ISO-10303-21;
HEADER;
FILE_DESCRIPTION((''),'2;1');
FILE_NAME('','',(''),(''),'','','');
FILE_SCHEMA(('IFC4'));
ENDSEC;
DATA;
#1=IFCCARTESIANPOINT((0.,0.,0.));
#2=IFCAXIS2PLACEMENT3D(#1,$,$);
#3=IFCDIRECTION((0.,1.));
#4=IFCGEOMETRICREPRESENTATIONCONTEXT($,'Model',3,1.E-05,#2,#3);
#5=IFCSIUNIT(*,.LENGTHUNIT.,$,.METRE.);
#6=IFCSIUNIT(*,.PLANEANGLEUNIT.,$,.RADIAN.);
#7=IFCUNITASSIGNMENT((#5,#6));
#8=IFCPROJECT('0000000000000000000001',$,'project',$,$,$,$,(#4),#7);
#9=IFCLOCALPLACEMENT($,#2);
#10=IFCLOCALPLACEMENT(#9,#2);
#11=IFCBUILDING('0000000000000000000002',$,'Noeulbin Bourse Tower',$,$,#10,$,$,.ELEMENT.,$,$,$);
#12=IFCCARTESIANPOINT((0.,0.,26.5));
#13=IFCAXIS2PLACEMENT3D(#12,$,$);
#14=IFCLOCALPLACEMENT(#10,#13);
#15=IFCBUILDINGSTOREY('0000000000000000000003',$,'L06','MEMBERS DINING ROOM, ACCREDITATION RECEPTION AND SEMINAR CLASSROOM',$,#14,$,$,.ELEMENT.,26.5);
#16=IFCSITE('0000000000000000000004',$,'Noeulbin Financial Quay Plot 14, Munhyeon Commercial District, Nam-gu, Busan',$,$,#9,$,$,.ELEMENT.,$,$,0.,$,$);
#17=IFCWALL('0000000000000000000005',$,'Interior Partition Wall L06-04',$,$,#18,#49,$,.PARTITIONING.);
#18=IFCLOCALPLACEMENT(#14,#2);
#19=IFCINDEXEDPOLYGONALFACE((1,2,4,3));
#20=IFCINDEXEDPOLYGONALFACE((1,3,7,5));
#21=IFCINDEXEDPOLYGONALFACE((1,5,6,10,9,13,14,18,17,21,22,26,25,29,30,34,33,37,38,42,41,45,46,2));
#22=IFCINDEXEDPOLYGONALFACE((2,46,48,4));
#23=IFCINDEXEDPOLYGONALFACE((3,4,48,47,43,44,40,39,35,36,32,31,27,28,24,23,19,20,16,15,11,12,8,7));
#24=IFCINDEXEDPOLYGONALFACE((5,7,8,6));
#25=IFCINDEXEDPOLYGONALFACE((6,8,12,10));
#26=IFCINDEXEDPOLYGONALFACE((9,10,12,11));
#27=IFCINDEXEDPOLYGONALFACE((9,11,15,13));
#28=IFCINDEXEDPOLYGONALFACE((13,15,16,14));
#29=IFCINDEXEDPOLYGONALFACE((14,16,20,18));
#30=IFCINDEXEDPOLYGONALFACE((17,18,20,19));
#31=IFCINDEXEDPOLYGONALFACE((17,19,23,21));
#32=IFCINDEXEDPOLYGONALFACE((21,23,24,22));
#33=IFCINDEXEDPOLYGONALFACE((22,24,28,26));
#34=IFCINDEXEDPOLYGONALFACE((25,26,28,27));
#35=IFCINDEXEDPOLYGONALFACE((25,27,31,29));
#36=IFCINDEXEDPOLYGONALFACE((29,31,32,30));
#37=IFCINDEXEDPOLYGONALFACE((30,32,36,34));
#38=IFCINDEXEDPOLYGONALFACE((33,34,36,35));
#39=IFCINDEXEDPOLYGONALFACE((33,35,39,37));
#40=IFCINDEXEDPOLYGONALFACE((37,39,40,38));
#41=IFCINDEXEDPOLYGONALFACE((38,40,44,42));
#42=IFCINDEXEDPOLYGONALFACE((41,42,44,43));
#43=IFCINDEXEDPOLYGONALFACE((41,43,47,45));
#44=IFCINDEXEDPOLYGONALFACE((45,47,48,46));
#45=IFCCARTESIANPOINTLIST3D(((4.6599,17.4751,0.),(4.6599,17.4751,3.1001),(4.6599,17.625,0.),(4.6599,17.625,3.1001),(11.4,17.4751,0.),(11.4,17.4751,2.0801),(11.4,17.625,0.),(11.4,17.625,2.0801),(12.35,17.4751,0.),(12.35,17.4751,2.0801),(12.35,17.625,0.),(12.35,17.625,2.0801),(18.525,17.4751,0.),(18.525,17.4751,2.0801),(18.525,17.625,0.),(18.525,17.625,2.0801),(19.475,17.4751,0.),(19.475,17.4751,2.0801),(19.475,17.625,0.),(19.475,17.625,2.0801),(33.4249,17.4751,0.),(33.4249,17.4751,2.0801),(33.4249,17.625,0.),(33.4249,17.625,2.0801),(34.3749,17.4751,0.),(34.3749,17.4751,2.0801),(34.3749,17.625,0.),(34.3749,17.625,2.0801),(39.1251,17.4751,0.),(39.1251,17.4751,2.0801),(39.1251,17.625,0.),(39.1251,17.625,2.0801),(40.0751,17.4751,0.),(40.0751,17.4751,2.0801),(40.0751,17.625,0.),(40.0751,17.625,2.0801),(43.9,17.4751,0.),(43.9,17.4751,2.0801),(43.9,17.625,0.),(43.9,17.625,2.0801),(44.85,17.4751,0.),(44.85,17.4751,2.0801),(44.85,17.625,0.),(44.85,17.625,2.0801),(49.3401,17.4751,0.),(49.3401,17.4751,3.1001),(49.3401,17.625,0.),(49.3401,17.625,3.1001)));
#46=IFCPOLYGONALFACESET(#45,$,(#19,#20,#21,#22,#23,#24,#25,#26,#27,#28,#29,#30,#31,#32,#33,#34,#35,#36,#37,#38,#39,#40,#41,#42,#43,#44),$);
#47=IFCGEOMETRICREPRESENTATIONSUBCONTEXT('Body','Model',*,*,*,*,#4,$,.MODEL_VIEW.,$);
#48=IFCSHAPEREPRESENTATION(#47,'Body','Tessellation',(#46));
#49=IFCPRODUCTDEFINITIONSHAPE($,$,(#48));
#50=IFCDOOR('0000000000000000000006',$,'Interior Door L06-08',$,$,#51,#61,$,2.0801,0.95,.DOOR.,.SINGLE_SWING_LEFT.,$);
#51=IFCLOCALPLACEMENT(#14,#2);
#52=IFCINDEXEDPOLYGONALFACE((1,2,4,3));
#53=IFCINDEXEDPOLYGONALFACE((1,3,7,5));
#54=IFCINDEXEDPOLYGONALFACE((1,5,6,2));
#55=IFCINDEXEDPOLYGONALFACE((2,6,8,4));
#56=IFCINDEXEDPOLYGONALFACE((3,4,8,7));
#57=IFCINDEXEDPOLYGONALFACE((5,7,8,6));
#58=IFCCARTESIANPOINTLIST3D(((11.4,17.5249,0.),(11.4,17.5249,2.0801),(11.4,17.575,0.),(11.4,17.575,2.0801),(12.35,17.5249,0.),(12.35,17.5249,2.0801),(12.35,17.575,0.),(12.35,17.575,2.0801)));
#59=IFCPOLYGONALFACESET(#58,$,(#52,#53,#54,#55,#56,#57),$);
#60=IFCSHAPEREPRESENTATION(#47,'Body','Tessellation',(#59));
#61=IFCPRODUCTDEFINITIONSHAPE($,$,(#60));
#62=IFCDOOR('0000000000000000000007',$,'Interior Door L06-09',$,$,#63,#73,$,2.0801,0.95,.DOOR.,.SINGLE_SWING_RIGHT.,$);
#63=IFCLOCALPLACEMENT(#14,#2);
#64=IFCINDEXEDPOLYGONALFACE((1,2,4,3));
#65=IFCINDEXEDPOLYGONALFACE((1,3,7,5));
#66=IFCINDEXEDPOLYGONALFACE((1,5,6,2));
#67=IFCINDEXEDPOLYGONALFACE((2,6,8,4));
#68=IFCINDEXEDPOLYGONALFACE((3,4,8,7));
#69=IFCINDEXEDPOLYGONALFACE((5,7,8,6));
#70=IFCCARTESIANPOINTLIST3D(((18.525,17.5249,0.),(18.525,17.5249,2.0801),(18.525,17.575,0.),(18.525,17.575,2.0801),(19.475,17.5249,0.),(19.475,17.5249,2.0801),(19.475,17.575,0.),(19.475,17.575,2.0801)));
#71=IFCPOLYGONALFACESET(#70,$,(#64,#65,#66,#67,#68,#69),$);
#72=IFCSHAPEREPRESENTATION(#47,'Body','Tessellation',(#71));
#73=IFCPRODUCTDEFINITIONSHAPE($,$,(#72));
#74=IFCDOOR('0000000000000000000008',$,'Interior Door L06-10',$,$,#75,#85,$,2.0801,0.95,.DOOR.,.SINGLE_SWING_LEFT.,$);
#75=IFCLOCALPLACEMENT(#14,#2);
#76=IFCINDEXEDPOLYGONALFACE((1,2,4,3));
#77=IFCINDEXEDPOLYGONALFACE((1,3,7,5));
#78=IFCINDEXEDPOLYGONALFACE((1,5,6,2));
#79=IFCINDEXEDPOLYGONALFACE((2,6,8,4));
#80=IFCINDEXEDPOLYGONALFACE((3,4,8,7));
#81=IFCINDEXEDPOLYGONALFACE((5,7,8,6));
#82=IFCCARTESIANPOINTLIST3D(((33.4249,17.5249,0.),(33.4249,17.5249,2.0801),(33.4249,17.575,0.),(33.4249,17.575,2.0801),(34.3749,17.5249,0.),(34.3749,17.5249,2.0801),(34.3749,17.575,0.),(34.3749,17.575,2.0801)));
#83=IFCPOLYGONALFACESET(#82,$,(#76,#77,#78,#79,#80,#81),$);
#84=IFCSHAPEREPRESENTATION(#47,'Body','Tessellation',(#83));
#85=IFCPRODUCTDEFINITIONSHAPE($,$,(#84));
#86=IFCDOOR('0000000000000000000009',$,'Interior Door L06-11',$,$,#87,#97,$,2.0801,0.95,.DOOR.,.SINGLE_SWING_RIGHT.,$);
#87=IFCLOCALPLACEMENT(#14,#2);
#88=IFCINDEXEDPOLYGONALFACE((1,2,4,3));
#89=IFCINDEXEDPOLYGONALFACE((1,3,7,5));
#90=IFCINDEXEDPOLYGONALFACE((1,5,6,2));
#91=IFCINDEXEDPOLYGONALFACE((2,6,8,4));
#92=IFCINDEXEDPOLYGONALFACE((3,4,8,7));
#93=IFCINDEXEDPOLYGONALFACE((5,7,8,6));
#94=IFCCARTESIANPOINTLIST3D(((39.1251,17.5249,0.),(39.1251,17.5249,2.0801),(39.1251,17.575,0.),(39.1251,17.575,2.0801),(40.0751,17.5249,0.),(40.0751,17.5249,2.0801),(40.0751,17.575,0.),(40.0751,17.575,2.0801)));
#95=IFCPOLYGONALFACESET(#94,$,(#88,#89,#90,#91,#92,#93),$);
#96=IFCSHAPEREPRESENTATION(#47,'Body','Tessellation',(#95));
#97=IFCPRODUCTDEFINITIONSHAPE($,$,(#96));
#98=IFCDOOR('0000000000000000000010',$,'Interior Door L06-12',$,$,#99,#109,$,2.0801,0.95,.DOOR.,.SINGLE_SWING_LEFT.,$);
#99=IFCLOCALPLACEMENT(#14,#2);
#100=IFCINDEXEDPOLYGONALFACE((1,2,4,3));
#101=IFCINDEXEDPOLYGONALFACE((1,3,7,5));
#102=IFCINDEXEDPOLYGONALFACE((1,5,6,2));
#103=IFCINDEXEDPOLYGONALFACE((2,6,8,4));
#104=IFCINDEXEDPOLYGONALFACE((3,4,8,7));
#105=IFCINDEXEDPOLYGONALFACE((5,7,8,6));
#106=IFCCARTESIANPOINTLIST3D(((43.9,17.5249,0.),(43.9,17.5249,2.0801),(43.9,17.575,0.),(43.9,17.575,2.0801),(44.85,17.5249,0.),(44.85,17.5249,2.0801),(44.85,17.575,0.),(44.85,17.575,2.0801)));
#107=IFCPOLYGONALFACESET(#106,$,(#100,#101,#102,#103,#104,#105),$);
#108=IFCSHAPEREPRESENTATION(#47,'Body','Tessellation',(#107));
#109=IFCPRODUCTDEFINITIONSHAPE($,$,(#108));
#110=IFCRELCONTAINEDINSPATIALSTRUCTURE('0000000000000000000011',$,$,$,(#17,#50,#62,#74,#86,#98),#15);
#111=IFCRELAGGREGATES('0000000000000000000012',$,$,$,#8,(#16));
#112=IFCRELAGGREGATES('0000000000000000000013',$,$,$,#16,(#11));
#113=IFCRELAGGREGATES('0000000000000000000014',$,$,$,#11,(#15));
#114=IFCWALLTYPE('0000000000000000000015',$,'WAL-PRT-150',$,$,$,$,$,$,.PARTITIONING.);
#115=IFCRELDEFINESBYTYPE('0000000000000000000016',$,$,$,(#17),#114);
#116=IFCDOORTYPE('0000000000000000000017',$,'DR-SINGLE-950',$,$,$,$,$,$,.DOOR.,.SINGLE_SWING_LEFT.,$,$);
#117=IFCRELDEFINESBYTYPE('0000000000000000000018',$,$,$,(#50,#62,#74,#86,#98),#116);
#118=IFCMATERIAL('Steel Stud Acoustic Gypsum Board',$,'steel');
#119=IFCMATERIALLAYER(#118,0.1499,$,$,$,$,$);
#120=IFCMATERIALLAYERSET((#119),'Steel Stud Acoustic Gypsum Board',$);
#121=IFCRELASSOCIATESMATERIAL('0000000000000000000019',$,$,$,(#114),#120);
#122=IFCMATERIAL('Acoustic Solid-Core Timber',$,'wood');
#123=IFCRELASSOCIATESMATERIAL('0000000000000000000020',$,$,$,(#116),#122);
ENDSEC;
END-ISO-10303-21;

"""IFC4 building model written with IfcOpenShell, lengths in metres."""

from ifc_helpers import new_model, si_unit, direction, frame, frame_2d, origin, place, context, subcontext, project, spatial, rectangle, extrude, material, layer, layer_set, type_object, element, fill, save


model = new_model("IFC4")

# Units and contexts
model_context = context("Model", 3, precision=1e-05, world=origin(), true_north=direction((0.0, 1.0)))
body_context = subcontext(model_context, "Body", "Model", "MODEL_VIEW")
ifc_project = project(units=[si_unit("LENGTHUNIT", "METRE"), si_unit("PLANEANGLEUNIT", "RADIAN")], contexts=[model_context])

# Site, building, storey
site_placement = place(None, origin())
site = spatial("IfcSite", under=ifc_project, at=site_placement, Name="Noeulbin Financial Quay Plot 14, Munhyeon Commercial District, Nam-gu, Busan", CompositionType="ELEMENT", RefElevation=0.0)
building_placement = place(site_placement, origin())
building = spatial("IfcBuilding", under=site, at=building_placement, Name="Noeulbin Bourse Tower", CompositionType="ELEMENT")
storey_placement = place(building_placement, frame((0.0, 0.0, 26.5)))
storey = spatial("IfcBuildingStorey", under=building, at=storey_placement, Name="L06", Description="MEMBERS DINING ROOM, ACCREDITATION RECEPTION AND SEMINAR CLASSROOM", CompositionType="ELEMENT", Elevation=26.5)

# Wall, openings, doors
ifc_material_1 = material(Name="Steel Stud Acoustic Gypsum Board", Category="steel")
ifc_layer_1 = layer(ifc_material_1, 0.1499)
ifc_layer_set_1 = layer_set([ifc_layer_1], Name="Steel Stud Acoustic Gypsum Board")
wall_type_1 = type_object("IfcWallType", Name="WAL-PRT-150", PredefinedType="PARTITIONING", material=ifc_layer_set_1)
wall_1_placement = place(storey_placement, frame((4.6599, 17.55, 0.0), z_axis=(0.0, 0.0, 1.0), x_axis=(1.0, 0.0, 0.0)))
wall_1 = element("IfcWall", 1, at=wall_1_placement, inside=storey, type_object=wall_type_1, Name="Interior Partition Wall L06-04", PredefinedType="PARTITIONING", context=body_context, shape_type="SweptSolid", body=[
    extrude(rectangle(XDim=44.6802, YDim=0.1499, at=frame_2d((22.3401, 0.0))), origin(), (0.0, 0.0, 1.0), 3.1001),
])
opening_1_placement = place(wall_1_placement, frame((6.74, 0.0, 0.0)))
opening_1 = element("IfcOpeningElement", 2, at=opening_1_placement, cuts=wall_1, PredefinedType="OPENING", context=body_context, shape_type="SweptSolid", body=[
    extrude(rectangle(XDim=0.95, YDim=2.0801, at=frame_2d((0.4751, 1.04))), frame((0.0, 0.085, 0.0), z_axis=(0.0, -1.0, 0.0), x_axis=(1.0, 0.0, 0.0)), (0.0, 0.0, 1.0), 0.1699),
])
opening_2_placement = place(wall_1_placement, frame((13.865, 0.0, 0.0)))
opening_2 = element("IfcOpeningElement", 3, at=opening_2_placement, cuts=wall_1, PredefinedType="OPENING", context=body_context, shape_type="SweptSolid", body=[
    extrude(rectangle(XDim=0.95, YDim=2.0801, at=frame_2d((0.4751, 1.04))), frame((0.0, 0.085, 0.0), z_axis=(0.0, -1.0, 0.0), x_axis=(1.0, 0.0, 0.0)), (0.0, 0.0, 1.0), 0.1699),
])
opening_3_placement = place(wall_1_placement, frame((28.7649, 0.0, 0.0)))
opening_3 = element("IfcOpeningElement", 4, at=opening_3_placement, cuts=wall_1, PredefinedType="OPENING", context=body_context, shape_type="SweptSolid", body=[
    extrude(rectangle(XDim=0.95, YDim=2.0801, at=frame_2d((0.4751, 1.04))), frame((0.0, 0.085, 0.0), z_axis=(0.0, -1.0, 0.0), x_axis=(1.0, 0.0, 0.0)), (0.0, 0.0, 1.0), 0.1699),
])
opening_4_placement = place(wall_1_placement, frame((34.4651, 0.0, 0.0)))
opening_4 = element("IfcOpeningElement", 5, at=opening_4_placement, cuts=wall_1, PredefinedType="OPENING", context=body_context, shape_type="SweptSolid", body=[
    extrude(rectangle(XDim=0.95, YDim=2.0801, at=frame_2d((0.4751, 1.04))), frame((0.0, 0.085, 0.0), z_axis=(0.0, -1.0, 0.0), x_axis=(1.0, 0.0, 0.0)), (0.0, 0.0, 1.0), 0.1699),
])
opening_5_placement = place(wall_1_placement, frame((39.24, 0.0, 0.0)))
opening_5 = element("IfcOpeningElement", 6, at=opening_5_placement, cuts=wall_1, PredefinedType="OPENING", context=body_context, shape_type="SweptSolid", body=[
    extrude(rectangle(XDim=0.95, YDim=2.0801, at=frame_2d((0.4751, 1.04))), frame((0.0, 0.085, 0.0), z_axis=(0.0, -1.0, 0.0), x_axis=(1.0, 0.0, 0.0)), (0.0, 0.0, 1.0), 0.1699),
])
ifc_material_2 = material(Name="Acoustic Solid-Core Timber", Category="wood")
door_type = type_object("IfcDoorType", Name="DR-SINGLE-950", OperationType="SINGLE_SWING_LEFT", PredefinedType="DOOR", material=ifc_material_2)
door_1_placement = place(opening_1_placement, origin())
door_1 = element("IfcDoor", 7, at=door_1_placement, inside=storey, type_object=door_type, Name="Interior Door L06-08", OperationType="SINGLE_SWING_LEFT", OverallHeight=2.0801, OverallWidth=0.95, PredefinedType="DOOR", context=body_context, shape_type="SweptSolid", body=[
    extrude(rectangle(XDim=0.95, YDim=2.0801, at=frame_2d((0.4751, 1.04))), frame((0.0, 0.0249, 0.0), z_axis=(0.0, -1.0, 0.0), x_axis=(1.0, 0.0, 0.0)), (0.0, 0.0, 1.0), 0.05),
])
fill(opening_1, door_1)
door_2_placement = place(opening_2_placement, origin())
door_2 = element("IfcDoor", 8, at=door_2_placement, inside=storey, type_object=door_type, Name="Interior Door L06-09", OperationType="SINGLE_SWING_RIGHT", OverallHeight=2.0801, OverallWidth=0.95, PredefinedType="DOOR", context=body_context, shape_type="SweptSolid", body=[
    extrude(rectangle(XDim=0.95, YDim=2.0801, at=frame_2d((0.4751, 1.04))), frame((0.0, 0.0249, 0.0), z_axis=(0.0, -1.0, 0.0), x_axis=(1.0, 0.0, 0.0)), (0.0, 0.0, 1.0), 0.05),
])
fill(opening_2, door_2)
door_3_placement = place(opening_3_placement, origin())
door_3 = element("IfcDoor", 9, at=door_3_placement, inside=storey, type_object=door_type, Name="Interior Door L06-10", OperationType="SINGLE_SWING_LEFT", OverallHeight=2.0801, OverallWidth=0.95, PredefinedType="DOOR", context=body_context, shape_type="SweptSolid", body=[
    extrude(rectangle(XDim=0.95, YDim=2.0801, at=frame_2d((0.4751, 1.04))), frame((0.0, 0.0249, 0.0), z_axis=(0.0, -1.0, 0.0), x_axis=(1.0, 0.0, 0.0)), (0.0, 0.0, 1.0), 0.05),
])
fill(opening_3, door_3)
door_4_placement = place(opening_4_placement, origin())
door_4 = element("IfcDoor", 10, at=door_4_placement, inside=storey, type_object=door_type, Name="Interior Door L06-11", OperationType="SINGLE_SWING_RIGHT", OverallHeight=2.0801, OverallWidth=0.95, PredefinedType="DOOR", context=body_context, shape_type="SweptSolid", body=[
    extrude(rectangle(XDim=0.95, YDim=2.0801, at=frame_2d((0.4751, 1.04))), frame((0.0, 0.0249, 0.0), z_axis=(0.0, -1.0, 0.0), x_axis=(1.0, 0.0, 0.0)), (0.0, 0.0, 1.0), 0.05),
])
fill(opening_4, door_4)
door_5_placement = place(opening_5_placement, origin())
door_5 = element("IfcDoor", 11, at=door_5_placement, inside=storey, type_object=door_type, Name="Interior Door L06-12", OperationType="SINGLE_SWING_LEFT", OverallHeight=2.0801, OverallWidth=0.95, PredefinedType="DOOR", context=body_context, shape_type="SweptSolid", body=[
    extrude(rectangle(XDim=0.95, YDim=2.0801, at=frame_2d((0.4751, 1.04))), frame((0.0, 0.0249, 0.0), z_axis=(0.0, -1.0, 0.0), x_axis=(1.0, 0.0, 0.0)), (0.0, 0.0, 1.0), 0.05),
])
fill(opening_5, door_5)

save(model, "model.ifc")
